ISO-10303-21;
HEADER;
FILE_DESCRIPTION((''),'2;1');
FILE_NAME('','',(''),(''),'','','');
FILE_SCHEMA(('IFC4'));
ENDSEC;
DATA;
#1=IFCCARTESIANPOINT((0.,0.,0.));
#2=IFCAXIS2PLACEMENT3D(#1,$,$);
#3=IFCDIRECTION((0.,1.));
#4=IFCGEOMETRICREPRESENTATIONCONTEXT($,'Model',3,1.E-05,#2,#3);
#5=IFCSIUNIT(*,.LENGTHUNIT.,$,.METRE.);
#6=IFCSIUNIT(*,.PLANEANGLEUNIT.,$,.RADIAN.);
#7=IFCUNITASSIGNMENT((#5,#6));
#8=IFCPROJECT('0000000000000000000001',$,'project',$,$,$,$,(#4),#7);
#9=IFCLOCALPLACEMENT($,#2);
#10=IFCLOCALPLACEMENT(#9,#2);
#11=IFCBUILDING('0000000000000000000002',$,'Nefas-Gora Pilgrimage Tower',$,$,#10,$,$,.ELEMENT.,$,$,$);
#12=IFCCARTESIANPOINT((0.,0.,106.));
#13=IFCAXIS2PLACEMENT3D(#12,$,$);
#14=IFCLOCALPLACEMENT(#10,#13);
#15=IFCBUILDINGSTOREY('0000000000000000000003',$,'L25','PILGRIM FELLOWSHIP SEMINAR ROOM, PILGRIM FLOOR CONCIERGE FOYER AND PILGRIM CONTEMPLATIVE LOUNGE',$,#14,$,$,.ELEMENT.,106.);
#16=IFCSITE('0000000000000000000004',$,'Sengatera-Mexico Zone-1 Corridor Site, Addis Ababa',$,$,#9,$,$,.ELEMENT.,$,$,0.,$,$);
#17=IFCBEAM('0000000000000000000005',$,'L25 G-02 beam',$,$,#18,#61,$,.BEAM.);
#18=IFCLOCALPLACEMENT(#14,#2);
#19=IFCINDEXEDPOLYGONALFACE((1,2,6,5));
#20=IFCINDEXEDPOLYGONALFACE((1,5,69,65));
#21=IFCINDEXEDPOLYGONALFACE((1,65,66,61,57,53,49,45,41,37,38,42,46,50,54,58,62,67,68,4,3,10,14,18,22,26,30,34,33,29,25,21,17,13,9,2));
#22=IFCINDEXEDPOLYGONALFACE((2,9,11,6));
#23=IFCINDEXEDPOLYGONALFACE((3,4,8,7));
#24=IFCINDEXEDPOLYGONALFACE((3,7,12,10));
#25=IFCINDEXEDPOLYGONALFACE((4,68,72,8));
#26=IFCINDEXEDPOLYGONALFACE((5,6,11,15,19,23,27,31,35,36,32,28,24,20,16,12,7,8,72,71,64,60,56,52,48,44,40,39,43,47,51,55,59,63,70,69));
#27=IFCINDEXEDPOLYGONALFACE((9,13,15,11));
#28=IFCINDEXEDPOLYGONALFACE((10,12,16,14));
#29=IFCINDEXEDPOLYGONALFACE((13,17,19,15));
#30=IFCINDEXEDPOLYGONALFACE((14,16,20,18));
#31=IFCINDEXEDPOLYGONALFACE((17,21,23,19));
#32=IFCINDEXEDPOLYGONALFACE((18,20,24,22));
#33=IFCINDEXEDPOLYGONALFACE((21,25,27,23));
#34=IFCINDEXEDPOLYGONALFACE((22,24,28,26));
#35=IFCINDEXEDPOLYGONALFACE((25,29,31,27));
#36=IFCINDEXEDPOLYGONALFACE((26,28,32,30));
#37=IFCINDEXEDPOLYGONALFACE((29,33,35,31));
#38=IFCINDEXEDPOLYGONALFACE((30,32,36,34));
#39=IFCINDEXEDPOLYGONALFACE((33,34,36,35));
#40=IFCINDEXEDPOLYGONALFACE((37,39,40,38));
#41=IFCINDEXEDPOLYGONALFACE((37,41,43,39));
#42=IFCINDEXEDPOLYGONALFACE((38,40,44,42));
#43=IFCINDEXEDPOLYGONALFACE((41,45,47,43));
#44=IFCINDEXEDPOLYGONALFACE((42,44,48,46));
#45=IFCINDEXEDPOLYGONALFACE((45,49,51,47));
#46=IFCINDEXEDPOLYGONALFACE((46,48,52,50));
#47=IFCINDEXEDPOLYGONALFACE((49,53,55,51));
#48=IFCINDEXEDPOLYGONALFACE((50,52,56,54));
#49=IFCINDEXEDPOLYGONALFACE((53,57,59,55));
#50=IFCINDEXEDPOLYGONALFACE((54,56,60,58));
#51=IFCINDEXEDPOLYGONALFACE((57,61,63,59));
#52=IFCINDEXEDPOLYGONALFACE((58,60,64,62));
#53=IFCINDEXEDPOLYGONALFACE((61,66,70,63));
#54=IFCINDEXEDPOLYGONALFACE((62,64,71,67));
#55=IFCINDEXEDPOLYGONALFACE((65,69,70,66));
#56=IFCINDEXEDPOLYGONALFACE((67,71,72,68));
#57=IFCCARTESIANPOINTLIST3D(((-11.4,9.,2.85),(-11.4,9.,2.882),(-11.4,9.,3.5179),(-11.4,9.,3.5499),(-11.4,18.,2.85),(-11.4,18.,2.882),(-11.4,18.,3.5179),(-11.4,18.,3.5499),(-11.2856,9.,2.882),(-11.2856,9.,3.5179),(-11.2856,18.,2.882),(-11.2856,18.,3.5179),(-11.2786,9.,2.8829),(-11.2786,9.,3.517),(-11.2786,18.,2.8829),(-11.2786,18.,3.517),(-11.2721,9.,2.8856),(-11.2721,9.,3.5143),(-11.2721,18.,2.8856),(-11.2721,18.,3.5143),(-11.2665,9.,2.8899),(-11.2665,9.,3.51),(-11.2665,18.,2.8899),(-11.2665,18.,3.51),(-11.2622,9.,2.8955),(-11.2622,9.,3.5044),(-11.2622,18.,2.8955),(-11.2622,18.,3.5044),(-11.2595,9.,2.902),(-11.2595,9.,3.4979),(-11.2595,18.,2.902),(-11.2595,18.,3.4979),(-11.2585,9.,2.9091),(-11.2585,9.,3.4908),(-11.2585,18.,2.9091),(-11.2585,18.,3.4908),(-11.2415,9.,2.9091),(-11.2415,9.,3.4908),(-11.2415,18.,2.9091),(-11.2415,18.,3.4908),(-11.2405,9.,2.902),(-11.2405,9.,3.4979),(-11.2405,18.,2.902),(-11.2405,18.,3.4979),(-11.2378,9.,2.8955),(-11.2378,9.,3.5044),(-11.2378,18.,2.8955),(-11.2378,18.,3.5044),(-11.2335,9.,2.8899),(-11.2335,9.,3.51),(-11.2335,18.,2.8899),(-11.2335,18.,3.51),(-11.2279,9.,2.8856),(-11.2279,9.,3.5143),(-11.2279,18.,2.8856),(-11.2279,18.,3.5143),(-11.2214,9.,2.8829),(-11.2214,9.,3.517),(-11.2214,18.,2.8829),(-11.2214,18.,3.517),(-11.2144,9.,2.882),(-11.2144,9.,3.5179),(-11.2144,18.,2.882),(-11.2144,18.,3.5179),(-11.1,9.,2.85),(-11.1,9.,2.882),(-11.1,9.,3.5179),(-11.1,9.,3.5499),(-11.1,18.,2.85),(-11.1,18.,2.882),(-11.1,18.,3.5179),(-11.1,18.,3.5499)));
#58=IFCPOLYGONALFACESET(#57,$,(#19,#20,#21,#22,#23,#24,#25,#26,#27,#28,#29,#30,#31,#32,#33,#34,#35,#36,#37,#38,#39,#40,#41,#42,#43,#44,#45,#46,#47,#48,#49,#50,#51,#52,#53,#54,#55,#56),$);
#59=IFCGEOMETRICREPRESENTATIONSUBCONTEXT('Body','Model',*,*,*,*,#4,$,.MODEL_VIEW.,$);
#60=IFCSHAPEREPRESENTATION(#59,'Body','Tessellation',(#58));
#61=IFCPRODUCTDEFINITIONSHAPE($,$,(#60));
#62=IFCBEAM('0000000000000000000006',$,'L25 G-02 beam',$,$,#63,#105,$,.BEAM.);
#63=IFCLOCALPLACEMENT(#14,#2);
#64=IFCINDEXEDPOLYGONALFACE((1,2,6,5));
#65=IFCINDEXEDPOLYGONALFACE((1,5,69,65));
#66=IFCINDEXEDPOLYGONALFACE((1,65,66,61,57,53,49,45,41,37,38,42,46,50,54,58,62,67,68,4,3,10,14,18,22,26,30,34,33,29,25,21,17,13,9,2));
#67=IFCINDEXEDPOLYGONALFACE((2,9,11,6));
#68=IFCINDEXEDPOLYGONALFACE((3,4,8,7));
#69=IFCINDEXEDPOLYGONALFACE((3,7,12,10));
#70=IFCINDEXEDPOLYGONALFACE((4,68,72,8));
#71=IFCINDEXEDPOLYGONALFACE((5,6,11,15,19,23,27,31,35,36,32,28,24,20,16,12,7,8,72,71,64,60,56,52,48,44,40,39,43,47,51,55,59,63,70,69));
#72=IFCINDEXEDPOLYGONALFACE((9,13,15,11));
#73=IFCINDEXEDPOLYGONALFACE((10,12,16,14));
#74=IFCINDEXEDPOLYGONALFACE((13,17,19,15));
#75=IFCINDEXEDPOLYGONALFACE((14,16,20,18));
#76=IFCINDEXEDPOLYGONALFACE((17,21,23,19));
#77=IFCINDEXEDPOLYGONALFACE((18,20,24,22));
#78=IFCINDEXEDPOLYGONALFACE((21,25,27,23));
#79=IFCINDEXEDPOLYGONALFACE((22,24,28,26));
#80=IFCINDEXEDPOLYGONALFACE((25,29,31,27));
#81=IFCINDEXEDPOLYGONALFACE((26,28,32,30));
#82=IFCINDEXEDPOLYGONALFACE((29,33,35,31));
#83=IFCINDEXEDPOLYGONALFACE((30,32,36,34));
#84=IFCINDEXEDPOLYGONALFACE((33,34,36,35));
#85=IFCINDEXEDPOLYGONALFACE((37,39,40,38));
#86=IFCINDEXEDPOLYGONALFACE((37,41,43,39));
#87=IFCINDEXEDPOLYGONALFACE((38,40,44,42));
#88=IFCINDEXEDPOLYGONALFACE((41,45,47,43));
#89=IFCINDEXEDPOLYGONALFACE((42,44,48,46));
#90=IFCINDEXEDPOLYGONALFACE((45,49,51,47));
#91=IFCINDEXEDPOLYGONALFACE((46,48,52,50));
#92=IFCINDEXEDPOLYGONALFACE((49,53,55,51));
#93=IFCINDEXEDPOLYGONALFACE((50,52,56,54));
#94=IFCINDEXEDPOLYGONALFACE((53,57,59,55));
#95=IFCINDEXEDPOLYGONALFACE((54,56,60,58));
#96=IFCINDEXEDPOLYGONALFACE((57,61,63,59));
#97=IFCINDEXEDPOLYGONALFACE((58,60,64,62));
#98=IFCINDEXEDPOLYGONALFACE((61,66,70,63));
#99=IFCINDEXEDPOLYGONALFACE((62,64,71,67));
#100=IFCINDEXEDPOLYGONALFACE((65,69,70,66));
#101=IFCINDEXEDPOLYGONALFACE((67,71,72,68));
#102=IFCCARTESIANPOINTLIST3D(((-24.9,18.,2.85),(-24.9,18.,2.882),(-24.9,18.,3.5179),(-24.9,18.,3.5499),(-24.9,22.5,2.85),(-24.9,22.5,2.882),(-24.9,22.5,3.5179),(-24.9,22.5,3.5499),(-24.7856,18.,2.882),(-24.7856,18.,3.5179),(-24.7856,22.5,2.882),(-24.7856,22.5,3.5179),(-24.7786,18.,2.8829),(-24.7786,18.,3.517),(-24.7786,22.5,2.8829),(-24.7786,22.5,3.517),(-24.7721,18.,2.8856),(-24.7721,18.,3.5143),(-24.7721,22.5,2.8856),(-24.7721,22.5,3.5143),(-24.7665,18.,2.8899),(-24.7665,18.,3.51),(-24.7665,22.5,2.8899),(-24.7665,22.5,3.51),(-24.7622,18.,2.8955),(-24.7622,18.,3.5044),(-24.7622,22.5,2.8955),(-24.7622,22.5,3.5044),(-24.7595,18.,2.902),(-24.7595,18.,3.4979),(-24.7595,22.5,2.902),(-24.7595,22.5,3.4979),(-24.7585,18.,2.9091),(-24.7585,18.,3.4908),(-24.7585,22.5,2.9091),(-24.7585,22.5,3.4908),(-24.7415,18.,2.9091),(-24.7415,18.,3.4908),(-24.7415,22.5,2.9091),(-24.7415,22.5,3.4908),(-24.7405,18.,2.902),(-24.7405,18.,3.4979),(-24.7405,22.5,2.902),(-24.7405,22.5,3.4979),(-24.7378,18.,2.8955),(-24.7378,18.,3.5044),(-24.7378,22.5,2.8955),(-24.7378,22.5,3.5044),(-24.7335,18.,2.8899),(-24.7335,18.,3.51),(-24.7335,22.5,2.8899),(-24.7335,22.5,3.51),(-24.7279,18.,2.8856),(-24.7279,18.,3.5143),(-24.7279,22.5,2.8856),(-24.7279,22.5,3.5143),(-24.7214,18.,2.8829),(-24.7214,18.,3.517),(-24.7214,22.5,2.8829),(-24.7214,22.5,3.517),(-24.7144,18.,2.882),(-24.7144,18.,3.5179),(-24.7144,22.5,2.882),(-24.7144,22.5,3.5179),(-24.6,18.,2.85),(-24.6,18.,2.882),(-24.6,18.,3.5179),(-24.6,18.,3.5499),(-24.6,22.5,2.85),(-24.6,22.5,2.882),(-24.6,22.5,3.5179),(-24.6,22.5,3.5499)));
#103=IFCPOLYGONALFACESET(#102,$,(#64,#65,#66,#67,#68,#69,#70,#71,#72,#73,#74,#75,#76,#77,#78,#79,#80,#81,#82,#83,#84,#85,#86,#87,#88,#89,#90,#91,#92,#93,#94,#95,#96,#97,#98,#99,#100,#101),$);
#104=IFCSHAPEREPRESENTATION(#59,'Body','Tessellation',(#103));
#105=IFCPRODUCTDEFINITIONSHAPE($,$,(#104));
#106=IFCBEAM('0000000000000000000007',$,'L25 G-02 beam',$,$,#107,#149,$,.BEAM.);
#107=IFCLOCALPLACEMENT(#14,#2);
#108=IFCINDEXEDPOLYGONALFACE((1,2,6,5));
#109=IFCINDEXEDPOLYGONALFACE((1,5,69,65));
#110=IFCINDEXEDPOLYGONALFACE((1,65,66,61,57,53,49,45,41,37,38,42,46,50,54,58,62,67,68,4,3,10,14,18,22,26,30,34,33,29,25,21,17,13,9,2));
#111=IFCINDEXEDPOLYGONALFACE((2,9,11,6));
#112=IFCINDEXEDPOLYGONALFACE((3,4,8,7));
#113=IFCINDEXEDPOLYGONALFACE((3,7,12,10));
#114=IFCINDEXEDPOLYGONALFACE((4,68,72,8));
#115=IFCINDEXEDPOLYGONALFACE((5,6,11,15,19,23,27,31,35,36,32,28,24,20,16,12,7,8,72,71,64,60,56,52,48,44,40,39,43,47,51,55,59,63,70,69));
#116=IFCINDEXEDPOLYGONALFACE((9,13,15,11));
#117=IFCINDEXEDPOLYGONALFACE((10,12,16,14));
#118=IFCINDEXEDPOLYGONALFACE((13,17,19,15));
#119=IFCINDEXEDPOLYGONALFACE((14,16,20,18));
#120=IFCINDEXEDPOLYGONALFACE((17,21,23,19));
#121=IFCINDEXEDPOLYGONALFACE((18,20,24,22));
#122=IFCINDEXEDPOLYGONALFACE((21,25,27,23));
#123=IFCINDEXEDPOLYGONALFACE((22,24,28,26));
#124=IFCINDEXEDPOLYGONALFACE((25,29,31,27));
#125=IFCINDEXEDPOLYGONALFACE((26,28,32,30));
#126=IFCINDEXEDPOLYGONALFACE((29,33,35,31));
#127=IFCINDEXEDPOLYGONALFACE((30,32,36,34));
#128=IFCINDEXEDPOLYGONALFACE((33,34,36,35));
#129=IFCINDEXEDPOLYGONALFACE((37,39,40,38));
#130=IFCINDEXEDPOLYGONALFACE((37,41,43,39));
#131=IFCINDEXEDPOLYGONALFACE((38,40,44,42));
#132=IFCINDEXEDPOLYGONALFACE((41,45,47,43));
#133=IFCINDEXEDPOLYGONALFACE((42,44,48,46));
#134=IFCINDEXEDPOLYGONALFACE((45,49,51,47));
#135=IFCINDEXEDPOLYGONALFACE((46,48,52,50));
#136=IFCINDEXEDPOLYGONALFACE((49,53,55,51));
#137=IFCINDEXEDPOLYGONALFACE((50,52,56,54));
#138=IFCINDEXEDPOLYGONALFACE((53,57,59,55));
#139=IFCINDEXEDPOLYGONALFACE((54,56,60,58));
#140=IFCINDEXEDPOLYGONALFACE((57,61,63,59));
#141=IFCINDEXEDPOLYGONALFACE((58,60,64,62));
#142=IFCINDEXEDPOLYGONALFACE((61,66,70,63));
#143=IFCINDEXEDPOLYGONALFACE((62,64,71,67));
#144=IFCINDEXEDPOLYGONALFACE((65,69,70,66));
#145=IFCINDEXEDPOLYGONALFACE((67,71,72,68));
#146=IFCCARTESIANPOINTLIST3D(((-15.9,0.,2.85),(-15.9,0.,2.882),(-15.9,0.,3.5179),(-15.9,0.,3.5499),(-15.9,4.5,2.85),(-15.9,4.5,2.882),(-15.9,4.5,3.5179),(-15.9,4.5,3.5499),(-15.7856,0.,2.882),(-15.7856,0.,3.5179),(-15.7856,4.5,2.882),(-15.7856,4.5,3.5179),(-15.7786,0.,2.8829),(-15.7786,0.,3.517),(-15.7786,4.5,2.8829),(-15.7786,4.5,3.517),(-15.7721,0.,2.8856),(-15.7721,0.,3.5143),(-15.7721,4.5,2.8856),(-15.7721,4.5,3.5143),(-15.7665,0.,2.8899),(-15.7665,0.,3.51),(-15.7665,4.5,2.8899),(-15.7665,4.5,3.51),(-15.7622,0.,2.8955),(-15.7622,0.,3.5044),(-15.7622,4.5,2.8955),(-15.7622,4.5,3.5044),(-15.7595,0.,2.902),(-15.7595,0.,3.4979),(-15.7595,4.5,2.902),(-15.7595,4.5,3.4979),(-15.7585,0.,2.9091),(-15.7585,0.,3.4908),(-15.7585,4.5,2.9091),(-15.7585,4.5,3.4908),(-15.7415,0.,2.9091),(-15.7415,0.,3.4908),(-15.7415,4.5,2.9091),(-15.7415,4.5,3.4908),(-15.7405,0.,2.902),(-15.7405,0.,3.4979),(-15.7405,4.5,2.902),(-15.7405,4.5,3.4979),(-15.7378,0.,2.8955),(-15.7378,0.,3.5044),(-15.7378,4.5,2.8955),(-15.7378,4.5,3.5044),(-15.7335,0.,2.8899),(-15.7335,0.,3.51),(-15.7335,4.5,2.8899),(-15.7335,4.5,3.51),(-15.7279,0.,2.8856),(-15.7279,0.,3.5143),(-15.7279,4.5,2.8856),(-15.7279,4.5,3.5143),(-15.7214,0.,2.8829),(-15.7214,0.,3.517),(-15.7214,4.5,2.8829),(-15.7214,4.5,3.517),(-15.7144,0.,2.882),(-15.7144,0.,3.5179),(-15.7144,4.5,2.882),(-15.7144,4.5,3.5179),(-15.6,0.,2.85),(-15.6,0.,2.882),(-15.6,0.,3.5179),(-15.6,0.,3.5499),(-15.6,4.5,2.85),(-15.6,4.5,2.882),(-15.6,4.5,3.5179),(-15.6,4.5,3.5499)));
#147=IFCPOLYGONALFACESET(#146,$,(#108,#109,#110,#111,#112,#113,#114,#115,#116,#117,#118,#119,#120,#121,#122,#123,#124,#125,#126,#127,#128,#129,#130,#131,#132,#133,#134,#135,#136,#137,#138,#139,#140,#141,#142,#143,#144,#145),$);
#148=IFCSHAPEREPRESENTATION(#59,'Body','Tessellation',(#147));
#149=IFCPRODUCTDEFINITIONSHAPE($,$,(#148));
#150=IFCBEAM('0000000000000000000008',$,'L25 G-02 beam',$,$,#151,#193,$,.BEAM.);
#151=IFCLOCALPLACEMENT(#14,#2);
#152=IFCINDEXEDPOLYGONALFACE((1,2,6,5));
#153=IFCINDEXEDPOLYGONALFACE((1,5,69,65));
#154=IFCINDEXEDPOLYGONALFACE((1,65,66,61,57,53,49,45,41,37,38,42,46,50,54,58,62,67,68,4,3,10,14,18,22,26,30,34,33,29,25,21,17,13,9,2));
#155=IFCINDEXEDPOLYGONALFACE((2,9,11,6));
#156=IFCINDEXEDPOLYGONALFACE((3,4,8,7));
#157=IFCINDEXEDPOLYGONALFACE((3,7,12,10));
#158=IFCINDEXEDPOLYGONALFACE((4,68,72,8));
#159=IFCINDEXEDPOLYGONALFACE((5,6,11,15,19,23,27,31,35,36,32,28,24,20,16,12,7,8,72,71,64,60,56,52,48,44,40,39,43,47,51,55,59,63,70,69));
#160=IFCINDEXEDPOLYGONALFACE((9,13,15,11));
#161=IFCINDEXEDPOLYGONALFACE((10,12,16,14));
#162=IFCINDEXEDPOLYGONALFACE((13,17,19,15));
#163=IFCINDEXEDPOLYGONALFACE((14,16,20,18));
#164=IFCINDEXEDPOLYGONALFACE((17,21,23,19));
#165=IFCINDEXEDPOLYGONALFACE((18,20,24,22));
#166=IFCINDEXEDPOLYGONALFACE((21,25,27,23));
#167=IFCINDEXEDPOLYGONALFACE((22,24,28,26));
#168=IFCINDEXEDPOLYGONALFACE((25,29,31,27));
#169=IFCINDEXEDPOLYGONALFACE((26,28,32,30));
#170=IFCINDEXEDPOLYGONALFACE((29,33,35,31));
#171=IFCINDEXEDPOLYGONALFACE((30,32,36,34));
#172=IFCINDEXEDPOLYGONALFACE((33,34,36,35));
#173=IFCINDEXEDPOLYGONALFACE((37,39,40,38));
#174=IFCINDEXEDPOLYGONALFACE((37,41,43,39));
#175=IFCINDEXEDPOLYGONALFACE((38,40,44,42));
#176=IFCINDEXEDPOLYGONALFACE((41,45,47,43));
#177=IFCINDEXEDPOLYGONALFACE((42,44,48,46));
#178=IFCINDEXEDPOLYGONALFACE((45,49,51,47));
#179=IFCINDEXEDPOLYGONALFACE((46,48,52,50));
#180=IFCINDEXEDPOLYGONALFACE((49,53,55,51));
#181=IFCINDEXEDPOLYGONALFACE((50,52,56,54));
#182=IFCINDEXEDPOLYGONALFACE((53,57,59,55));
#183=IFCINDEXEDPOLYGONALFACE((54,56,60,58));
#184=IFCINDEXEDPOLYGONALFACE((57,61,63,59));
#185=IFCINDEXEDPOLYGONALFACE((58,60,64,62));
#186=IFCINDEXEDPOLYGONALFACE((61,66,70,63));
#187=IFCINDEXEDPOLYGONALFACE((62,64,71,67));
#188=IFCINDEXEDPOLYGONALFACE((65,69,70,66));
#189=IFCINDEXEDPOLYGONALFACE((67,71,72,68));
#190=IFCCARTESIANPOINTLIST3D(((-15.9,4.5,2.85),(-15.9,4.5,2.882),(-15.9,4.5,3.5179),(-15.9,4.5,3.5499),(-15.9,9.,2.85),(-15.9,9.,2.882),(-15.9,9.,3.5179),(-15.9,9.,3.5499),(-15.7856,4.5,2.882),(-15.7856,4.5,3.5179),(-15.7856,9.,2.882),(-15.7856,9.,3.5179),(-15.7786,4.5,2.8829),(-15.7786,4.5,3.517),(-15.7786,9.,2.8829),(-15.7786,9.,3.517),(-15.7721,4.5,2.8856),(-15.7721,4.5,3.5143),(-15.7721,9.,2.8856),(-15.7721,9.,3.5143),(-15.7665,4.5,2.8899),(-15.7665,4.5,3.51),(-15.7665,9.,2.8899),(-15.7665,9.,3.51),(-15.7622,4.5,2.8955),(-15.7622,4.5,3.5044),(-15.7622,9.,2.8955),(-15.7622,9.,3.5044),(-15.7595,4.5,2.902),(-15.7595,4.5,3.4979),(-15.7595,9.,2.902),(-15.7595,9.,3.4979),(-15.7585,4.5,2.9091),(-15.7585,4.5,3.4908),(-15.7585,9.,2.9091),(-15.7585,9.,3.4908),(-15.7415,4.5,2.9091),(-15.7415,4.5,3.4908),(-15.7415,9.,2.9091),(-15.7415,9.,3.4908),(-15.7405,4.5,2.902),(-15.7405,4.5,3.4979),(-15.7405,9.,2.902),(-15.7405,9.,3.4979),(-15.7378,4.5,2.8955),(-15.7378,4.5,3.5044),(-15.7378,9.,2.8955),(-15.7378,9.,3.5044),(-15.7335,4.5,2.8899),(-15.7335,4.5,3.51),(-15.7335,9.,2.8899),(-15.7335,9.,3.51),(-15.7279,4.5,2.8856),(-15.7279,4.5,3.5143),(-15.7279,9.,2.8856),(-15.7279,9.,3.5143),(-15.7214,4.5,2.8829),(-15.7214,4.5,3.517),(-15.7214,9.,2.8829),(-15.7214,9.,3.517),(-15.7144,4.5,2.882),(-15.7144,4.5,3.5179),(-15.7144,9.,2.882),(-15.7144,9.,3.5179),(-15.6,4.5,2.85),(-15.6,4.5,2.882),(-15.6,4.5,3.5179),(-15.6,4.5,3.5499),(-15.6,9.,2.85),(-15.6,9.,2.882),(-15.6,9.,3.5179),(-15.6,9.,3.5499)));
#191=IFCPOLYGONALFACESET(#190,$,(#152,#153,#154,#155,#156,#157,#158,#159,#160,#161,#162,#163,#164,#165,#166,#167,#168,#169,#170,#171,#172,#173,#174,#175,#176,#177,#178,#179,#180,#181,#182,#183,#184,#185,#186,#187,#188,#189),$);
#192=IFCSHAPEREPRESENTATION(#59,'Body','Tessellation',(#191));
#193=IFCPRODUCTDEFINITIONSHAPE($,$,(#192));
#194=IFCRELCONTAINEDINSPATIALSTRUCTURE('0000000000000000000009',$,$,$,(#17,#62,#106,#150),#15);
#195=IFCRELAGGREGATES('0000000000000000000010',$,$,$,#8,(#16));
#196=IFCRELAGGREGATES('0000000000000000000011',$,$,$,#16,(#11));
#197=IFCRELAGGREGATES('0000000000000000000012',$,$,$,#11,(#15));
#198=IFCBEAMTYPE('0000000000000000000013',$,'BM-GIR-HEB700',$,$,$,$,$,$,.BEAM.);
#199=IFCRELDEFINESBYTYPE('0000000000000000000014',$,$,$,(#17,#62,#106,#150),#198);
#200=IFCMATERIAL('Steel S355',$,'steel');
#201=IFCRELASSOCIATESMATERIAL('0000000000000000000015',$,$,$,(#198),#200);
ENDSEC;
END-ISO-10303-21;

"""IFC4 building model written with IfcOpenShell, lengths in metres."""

from ifc_helpers import new_model, si_unit, direction, frame, origin, origin_2d, place, context, subcontext, project, spatial, i_section, extrude, source, transform, mapped, material, material_profile, profile_set, type_object, element, save


model = new_model("IFC4")

# Units and contexts
model_context = context("Model", 3, precision=1e-05, world=origin(), true_north=direction((0.0, 1.0)))
body_context = subcontext(model_context, "Body", "Model", "MODEL_VIEW")
ifc_project = project(units=[si_unit("LENGTHUNIT", "METRE"), si_unit("PLANEANGLEUNIT", "RADIAN")], contexts=[model_context])

# Site, building, storey
site_placement = place(None, origin())
site = spatial("IfcSite", under=ifc_project, at=site_placement, Name="Sengatera-Mexico Zone-1 Corridor Site, Addis Ababa", CompositionType="ELEMENT", RefElevation=0.0)
building_placement = place(site_placement, origin())
building = spatial("IfcBuilding", under=site, at=building_placement, Name="Nefas-Gora Pilgrimage Tower", CompositionType="ELEMENT")
storey_placement = place(building_placement, frame((0.0, 0.0, 106.0)))
storey = spatial("IfcBuildingStorey", under=building, at=storey_placement, Name="L25", Description="PILGRIM FELLOWSHIP SEMINAR ROOM, PILGRIM FLOOR CONCIERGE FOYER AND PILGRIM CONTEMPLATIVE LOUNGE", CompositionType="ELEMENT", Elevation=106.0)

# Beams
ifc_material_1 = material(Name="Steel S355", Category="steel")
ifc_material_profile_1 = material_profile(ifc_material_1, i_section(OverallWidth=0.3, OverallDepth=0.7, WebThickness=0.0171, FlangeThickness=0.032, FilletRadius=0.0271, at=origin_2d()), Name="HEB 700")
ifc_profile_set_1 = profile_set([ifc_material_profile_1], Name="Steel S355")
beam_type_1 = type_object("IfcBeamType", Name="BM-GIR-HEB700", PredefinedType="BEAM", material=ifc_profile_set_1)
shared_shape_1 = source(origin(), body_context, "Body", "SweptSolid", [
    extrude(i_section(OverallWidth=0.3, OverallDepth=0.7, WebThickness=0.0171, FlangeThickness=0.032, FilletRadius=0.0271, at=origin_2d()), origin(), (0.0, 0.0, 1.0), 9.0),
])
beam_1_placement = place(storey_placement, frame((-11.25, 9.0, 3.2), z_axis=(0.0, 1.0, 0.0), x_axis=(-1.0, 0.0, 0.0)))
element("IfcBeam", 1, at=beam_1_placement, inside=storey, type_object=beam_type_1, Name="L25 G-02 beam", PredefinedType="BEAM", context=body_context, shape_type="MappedRepresentation", body=[
    mapped(shared_shape_1, transform((0.0, 0.0, 0.0), x_axis=(1.0, 0.0, 0.0), y_axis=(0.0, 1.0, 0.0), z_axis=(0.0, 0.0, 1.0), scale=1.0)),
])
shared_shape_2 = source(origin(), body_context, "Body", "SweptSolid", [
    extrude(i_section(OverallWidth=0.3, OverallDepth=0.7, WebThickness=0.0171, FlangeThickness=0.032, FilletRadius=0.0271, at=origin_2d()), origin(), (0.0, 0.0, 1.0), 4.5),
])
for number, where, z_axis, x_axis, name in (
    (2, (-24.75, 18.0, 3.2), (0.0, 1.0, 0.0), (-1.0, 0.0, 0.0), "L25 G-02 beam"),
    (3, (-15.75, 0.0, 3.2), (0.0, 1.0, 0.0), (-1.0, 0.0, 0.0), "L25 G-02 beam"),
    (4, (-15.75, 4.5, 3.2), (0.0, 1.0, 0.0), (-1.0, 0.0, 0.0), "L25 G-02 beam"),
):
    element("IfcBeam", number, at=place(storey_placement, frame(where, z_axis=z_axis, x_axis=x_axis)), inside=storey, type_object=beam_type_1, Name=name, PredefinedType="BEAM", context=body_context, shape_type="MappedRepresentation", body=[
        mapped(shared_shape_2, transform((0.0, 0.0, 0.0), x_axis=(1.0, 0.0, 0.0), y_axis=(0.0, 1.0, 0.0), z_axis=(0.0, 0.0, 1.0), scale=1.0)),
    ])

save(model, "model.ifc")
